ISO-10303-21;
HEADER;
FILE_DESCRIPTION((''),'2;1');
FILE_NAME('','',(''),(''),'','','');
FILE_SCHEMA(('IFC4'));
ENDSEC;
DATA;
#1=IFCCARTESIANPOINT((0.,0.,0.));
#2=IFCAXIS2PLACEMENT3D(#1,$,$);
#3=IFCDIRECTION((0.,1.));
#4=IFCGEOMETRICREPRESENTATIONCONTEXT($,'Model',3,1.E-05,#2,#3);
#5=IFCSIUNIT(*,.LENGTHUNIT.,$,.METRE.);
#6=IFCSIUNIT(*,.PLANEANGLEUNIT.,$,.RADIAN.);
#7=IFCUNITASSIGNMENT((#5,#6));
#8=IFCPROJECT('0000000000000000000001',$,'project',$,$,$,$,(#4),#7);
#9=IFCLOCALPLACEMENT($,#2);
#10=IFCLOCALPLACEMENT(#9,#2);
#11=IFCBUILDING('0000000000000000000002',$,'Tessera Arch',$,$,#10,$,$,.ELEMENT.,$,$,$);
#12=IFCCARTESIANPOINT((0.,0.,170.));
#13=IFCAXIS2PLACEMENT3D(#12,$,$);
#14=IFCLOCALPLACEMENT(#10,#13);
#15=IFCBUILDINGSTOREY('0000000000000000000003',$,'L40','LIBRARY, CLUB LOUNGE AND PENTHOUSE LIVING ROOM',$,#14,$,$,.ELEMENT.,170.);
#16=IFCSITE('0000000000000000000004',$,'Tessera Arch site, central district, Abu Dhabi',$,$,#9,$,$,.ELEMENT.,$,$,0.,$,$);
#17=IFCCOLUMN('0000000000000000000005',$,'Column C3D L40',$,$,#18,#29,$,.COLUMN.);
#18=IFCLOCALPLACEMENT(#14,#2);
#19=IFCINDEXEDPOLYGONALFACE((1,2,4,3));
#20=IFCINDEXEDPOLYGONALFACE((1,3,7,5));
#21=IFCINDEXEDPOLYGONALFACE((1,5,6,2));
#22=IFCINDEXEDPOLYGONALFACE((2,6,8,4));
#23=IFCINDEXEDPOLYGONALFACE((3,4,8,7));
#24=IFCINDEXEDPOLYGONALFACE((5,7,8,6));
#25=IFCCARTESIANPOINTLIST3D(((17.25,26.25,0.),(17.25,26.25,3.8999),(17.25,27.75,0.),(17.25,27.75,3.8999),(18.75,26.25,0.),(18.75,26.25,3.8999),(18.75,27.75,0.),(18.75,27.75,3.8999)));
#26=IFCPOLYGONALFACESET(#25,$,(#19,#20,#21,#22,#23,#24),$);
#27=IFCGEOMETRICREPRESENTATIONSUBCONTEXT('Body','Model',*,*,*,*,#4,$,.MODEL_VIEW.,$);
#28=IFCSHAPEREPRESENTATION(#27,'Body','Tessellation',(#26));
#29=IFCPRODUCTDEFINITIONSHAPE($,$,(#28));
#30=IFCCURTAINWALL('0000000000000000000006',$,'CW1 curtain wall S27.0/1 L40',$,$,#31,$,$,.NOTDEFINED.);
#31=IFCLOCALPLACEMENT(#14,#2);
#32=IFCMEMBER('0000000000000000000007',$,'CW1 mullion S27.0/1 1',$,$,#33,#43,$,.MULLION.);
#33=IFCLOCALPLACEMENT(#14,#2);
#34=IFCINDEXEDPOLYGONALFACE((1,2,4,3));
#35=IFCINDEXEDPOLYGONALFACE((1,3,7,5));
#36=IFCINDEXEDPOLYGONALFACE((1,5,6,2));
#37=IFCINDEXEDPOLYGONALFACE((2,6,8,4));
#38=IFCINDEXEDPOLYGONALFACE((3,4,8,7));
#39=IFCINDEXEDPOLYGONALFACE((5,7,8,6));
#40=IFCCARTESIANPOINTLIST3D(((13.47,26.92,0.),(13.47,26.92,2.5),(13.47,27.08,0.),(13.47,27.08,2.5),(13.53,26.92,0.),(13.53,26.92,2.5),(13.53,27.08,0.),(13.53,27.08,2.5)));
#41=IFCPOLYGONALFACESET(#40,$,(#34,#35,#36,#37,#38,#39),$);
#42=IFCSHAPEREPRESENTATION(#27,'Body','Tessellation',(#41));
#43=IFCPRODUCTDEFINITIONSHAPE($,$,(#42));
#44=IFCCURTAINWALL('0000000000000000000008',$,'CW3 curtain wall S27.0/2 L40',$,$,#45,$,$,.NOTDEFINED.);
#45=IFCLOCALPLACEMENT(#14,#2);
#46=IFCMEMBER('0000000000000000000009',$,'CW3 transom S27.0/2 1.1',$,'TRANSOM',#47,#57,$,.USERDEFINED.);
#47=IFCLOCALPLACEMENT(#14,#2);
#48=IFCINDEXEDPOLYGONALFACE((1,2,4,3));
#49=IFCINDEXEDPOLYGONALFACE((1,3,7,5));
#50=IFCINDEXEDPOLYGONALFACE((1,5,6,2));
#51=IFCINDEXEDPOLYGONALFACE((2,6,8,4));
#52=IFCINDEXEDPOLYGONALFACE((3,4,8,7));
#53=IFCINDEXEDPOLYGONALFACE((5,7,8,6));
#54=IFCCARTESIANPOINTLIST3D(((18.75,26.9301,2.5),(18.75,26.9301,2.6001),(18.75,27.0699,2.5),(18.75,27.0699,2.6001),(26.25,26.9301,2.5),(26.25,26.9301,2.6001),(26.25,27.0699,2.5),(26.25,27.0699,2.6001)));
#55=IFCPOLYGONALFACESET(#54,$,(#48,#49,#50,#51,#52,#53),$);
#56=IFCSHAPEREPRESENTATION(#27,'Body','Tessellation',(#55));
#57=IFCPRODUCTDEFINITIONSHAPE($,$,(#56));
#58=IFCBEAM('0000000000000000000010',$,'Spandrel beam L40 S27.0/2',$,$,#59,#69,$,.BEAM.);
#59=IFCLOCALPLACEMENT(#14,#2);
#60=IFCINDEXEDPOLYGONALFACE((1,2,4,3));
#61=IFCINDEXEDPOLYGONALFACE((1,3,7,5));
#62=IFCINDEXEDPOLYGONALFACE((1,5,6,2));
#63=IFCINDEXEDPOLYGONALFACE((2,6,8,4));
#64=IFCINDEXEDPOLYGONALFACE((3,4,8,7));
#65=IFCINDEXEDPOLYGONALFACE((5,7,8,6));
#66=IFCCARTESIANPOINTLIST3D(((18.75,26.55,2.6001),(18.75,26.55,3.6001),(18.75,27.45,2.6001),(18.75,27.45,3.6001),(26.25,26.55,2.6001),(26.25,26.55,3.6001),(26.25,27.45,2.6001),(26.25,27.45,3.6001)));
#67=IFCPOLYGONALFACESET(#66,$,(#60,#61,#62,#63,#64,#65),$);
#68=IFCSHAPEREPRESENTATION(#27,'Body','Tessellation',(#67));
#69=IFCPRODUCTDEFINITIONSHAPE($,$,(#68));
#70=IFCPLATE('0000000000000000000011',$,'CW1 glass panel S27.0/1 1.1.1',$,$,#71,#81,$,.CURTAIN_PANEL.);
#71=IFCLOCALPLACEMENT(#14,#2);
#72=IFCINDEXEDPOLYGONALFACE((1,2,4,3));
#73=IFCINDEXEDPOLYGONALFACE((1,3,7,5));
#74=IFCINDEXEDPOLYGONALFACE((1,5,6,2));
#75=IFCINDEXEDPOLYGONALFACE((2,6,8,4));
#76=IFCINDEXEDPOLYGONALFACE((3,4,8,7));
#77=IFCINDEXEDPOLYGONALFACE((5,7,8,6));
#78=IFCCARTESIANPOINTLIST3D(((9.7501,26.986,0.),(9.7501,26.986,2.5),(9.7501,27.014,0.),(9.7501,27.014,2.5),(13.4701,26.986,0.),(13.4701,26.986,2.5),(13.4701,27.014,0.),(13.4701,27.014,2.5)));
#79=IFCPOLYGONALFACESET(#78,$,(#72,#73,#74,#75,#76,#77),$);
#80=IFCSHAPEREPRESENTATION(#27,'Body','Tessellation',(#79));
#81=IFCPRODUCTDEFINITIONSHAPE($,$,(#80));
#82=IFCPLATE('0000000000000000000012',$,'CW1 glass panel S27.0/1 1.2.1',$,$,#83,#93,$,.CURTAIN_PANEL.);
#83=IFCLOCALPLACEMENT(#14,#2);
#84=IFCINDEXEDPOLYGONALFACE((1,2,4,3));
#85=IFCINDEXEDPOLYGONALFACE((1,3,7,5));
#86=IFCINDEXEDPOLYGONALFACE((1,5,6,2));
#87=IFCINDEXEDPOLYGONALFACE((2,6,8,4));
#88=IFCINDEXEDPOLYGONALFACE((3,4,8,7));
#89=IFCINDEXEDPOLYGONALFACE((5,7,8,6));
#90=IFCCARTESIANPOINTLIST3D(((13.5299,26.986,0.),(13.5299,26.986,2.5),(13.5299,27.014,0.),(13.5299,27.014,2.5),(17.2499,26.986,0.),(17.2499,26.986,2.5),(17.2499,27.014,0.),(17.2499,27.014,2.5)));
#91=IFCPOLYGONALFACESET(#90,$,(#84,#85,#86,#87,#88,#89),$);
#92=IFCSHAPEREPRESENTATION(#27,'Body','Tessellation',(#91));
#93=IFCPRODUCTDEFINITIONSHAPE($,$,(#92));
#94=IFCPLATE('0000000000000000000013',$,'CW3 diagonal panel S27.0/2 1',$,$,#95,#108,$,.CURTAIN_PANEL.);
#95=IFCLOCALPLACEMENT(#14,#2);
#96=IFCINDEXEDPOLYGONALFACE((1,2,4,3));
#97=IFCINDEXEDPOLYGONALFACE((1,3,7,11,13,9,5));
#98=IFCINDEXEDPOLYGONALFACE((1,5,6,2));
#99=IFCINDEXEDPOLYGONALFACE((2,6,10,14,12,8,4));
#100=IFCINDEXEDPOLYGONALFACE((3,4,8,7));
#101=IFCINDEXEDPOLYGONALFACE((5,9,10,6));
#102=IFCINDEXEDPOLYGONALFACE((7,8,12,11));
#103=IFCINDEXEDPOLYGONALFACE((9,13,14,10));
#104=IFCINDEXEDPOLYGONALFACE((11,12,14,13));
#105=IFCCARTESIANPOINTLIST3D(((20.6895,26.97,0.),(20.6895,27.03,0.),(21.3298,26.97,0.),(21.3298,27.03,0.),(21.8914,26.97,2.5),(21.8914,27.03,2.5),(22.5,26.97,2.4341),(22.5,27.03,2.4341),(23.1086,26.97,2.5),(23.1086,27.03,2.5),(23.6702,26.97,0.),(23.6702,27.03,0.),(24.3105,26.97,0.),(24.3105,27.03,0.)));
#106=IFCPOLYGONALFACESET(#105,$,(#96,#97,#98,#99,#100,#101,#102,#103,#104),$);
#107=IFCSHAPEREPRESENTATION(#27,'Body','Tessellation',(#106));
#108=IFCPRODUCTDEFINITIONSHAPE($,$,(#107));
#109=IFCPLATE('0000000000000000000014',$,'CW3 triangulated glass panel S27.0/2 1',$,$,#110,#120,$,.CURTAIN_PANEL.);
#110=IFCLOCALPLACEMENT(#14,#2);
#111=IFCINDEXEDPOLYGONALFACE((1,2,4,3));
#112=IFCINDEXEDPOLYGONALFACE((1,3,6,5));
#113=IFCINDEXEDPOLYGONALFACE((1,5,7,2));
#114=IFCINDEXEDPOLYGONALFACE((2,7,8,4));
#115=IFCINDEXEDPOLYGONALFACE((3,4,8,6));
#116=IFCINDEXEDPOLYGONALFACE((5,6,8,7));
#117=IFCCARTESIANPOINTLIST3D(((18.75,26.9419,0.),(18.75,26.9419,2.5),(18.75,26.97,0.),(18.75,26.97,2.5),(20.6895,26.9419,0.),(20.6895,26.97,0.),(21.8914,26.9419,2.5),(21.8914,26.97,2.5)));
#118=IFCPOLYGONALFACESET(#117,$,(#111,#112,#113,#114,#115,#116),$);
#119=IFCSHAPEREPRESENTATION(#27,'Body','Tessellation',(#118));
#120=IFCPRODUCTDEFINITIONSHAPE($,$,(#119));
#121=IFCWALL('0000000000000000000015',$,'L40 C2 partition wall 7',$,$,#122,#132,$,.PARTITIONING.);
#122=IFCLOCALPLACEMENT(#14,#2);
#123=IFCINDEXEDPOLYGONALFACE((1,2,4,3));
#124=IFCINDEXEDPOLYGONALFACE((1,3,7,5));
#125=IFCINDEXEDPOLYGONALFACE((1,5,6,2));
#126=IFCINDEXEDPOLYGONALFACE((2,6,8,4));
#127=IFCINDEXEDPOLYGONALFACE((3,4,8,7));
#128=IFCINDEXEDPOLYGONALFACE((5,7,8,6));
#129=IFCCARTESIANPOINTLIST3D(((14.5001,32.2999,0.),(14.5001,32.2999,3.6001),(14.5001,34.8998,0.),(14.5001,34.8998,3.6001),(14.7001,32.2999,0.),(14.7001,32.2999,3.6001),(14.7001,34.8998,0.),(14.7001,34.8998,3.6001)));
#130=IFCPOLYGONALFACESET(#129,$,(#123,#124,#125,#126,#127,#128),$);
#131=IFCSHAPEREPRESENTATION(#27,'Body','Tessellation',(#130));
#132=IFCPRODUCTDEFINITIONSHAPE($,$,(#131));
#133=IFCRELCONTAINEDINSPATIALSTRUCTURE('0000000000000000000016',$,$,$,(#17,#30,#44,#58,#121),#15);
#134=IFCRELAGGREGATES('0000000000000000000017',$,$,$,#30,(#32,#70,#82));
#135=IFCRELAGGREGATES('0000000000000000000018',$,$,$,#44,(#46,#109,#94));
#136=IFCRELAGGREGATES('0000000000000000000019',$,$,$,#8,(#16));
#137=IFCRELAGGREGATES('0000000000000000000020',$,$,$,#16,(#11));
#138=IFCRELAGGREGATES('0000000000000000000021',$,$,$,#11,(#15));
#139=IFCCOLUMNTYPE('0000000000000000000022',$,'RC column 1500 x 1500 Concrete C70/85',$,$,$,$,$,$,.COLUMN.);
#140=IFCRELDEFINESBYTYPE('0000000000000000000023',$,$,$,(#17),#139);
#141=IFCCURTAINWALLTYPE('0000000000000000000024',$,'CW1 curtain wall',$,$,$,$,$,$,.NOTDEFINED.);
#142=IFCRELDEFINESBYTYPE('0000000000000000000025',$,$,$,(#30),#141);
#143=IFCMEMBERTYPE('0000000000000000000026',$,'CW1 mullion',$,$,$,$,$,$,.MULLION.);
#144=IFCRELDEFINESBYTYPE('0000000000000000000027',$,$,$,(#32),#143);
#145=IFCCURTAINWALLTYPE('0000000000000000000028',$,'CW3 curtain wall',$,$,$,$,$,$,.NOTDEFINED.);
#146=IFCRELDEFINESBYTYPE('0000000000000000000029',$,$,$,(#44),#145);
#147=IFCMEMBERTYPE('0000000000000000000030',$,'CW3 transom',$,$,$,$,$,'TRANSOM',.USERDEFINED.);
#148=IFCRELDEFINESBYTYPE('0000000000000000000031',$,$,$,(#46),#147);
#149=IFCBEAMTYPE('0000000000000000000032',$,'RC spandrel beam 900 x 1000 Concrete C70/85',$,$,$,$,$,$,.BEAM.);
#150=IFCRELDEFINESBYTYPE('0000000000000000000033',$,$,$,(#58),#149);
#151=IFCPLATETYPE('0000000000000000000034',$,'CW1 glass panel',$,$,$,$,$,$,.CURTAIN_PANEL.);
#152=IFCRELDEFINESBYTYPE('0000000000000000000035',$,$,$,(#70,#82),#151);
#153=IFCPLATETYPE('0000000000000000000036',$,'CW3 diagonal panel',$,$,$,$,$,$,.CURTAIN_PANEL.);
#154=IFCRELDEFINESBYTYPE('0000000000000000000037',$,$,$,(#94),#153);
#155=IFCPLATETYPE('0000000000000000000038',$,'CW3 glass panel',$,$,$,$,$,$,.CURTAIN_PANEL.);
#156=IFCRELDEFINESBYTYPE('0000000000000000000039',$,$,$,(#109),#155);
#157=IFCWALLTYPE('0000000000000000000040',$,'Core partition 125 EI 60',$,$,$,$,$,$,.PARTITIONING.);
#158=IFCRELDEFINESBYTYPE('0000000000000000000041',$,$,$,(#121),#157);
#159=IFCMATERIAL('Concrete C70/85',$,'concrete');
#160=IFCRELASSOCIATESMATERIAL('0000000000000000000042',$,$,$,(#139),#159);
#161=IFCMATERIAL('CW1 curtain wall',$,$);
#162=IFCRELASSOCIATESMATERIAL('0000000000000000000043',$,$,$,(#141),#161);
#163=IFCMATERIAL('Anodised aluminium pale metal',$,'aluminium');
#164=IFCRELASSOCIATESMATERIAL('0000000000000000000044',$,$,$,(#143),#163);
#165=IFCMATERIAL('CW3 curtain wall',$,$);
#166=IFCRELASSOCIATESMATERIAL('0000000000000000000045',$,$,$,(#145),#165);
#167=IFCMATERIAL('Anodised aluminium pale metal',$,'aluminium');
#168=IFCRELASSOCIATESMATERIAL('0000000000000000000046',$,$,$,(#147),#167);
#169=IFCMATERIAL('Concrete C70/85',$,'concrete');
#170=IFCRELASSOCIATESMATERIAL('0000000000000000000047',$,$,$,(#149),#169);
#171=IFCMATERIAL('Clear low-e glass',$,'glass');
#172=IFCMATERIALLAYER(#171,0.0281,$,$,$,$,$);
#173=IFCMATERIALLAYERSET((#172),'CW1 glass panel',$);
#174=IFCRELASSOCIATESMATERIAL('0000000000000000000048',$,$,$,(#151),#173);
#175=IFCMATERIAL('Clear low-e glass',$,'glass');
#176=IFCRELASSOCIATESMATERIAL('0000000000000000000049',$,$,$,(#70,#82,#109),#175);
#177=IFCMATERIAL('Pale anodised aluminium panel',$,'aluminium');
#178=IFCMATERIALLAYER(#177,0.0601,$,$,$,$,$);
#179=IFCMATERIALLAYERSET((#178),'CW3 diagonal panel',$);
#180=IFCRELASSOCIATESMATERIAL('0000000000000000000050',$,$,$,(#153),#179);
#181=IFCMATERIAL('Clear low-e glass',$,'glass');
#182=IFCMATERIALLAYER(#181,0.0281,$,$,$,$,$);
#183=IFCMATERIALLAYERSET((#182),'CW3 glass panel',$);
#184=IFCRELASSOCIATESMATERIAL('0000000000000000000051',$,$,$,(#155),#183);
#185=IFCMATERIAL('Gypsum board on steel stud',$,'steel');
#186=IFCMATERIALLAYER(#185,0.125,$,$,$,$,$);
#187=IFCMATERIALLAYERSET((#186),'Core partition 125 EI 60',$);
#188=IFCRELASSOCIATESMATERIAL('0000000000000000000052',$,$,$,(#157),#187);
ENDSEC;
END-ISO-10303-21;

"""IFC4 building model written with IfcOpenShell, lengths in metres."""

from ifc_helpers import new_model, si_unit, direction, frame, frame_2d, origin, origin_2d, place, context, subcontext, project, spatial, polyline, rectangle, outline, extrude, material, layer, layer_set, material_profile, profile_set, type_object, element, aggregate, save


model = new_model("IFC4")

# Units and contexts
model_context = context("Model", 3, precision=1e-05, world=origin(), true_north=direction((0.0, 1.0)))
body_context = subcontext(model_context, "Body", "Model", "MODEL_VIEW")
ifc_project = project(units=[si_unit("LENGTHUNIT", "METRE"), si_unit("PLANEANGLEUNIT", "RADIAN")], contexts=[model_context])

# Site, building, storey
site_placement = place(None, origin())
site = spatial("IfcSite", under=ifc_project, at=site_placement, Name="Tessera Arch site, central district, Abu Dhabi", CompositionType="ELEMENT", RefElevation=0.0)
building_placement = place(site_placement, origin())
building = spatial("IfcBuilding", under=site, at=building_placement, Name="Tessera Arch", CompositionType="ELEMENT")
storey_placement = place(building_placement, frame((0.0, 0.0, 170.0)))
storey = spatial("IfcBuildingStorey", under=building, at=storey_placement, Name="L40", Description="LIBRARY, CLUB LOUNGE AND PENTHOUSE LIVING ROOM", CompositionType="ELEMENT", Elevation=170.0)

# Column
ifc_material_1 = material(Name="Concrete C70/85", Category="concrete")
ifc_material_profile_1 = material_profile(ifc_material_1, rectangle(XDim=1.5, YDim=1.5, at=origin_2d()), Name="RC column 1500 x 1500 Concrete C70/85")
ifc_profile_set_1 = profile_set([ifc_material_profile_1], Name="Concrete C70/85")
column_type = type_object("IfcColumnType", Name="RC column 1500 x 1500 Concrete C70/85", PredefinedType="COLUMN", material=ifc_profile_set_1)
column_placement = place(storey_placement, frame((18.0, 27.0, 0.0), z_axis=(0.0, 0.0, 1.0), x_axis=(1.0, 0.0, 0.0)))
element("IfcColumn", 1, at=column_placement, inside=storey, type_object=column_type, Name="Column C3D L40", PredefinedType="COLUMN", context=body_context, shape_type="SweptSolid", body=[
    extrude(rectangle(XDim=1.5, YDim=1.5, at=origin_2d()), origin(), (0.0, 0.0, 1.0), 3.8999),
])

# Curtain walls, members
ifc_material_2 = material(Name="CW1 curtain wall")
curtain_wall_type_1 = type_object("IfcCurtainWallType", Name="CW1 curtain wall", PredefinedType="NOTDEFINED", material=ifc_material_2)
curtain_wall_1_placement = place(storey_placement, origin())
curtain_wall_1 = element("IfcCurtainWall", 2, at=curtain_wall_1_placement, inside=storey, type_object=curtain_wall_type_1, Name="CW1 curtain wall S27.0/1 L40", PredefinedType="NOTDEFINED")
ifc_material_3 = material(Name="Anodised aluminium pale metal", Category="aluminium")
ifc_material_profile_2 = material_profile(ifc_material_3, rectangle(XDim=0.1599, YDim=0.0601, at=origin_2d()), Name="AL 60x160")
ifc_profile_set_2 = profile_set([ifc_material_profile_2], Name="Anodised aluminium pale metal")
member_type_1 = type_object("IfcMemberType", Name="CW1 mullion", PredefinedType="MULLION", material=ifc_profile_set_2)
member_1_placement = place(storey_placement, frame((13.5, 27.0, 0.0), z_axis=(0.0, 0.0, 1.0), x_axis=(0.0, 1.0, 0.0)))
member_1 = element("IfcMember", 3, at=member_1_placement, type_object=member_type_1, Name="CW1 mullion S27.0/1 1", PredefinedType="MULLION", context=body_context, shape_type="SweptSolid", body=[
    extrude(rectangle(XDim=0.1599, YDim=0.0601, at=origin_2d()), origin(), (0.0, 0.0, 1.0), 2.5),
])
ifc_material_4 = material(Name="CW3 curtain wall")
curtain_wall_type_2 = type_object("IfcCurtainWallType", Name="CW3 curtain wall", PredefinedType="NOTDEFINED", material=ifc_material_4)
curtain_wall_2_placement = place(storey_placement, origin())
curtain_wall_2 = element("IfcCurtainWall", 4, at=curtain_wall_2_placement, inside=storey, type_object=curtain_wall_type_2, Name="CW3 curtain wall S27.0/2 L40", PredefinedType="NOTDEFINED")
ifc_material_5 = material(Name="Anodised aluminium pale metal", Category="aluminium")
ifc_material_profile_3 = material_profile(ifc_material_5, rectangle(XDim=0.1399, YDim=0.1001, at=origin_2d()), Name="AL 140x100")
ifc_profile_set_3 = profile_set([ifc_material_profile_3], Name="Anodised aluminium pale metal")
member_type_2 = type_object("IfcMemberType", Name="CW3 transom", ElementType="TRANSOM", PredefinedType="USERDEFINED", material=ifc_profile_set_3)
member_2_placement = place(storey_placement, frame((18.75, 27.0, 2.55), z_axis=(1.0, 0.0, 0.0), x_axis=(0.0, 1.0, 0.0)))
member_2 = element("IfcMember", 5, at=member_2_placement, type_object=member_type_2, Name="CW3 transom S27.0/2 1.1", ObjectType="TRANSOM", PredefinedType="USERDEFINED", context=body_context, shape_type="SweptSolid", body=[
    extrude(rectangle(XDim=0.1399, YDim=0.1001, at=origin_2d()), origin(), (0.0, 0.0, 1.0), 7.5),
])

# Beam
ifc_material_6 = material(Name="Concrete C70/85", Category="concrete")
ifc_material_profile_4 = material_profile(ifc_material_6, rectangle(XDim=0.8999, YDim=1.0, at=origin_2d()), Name="RC spandrel beam 900 x 1000 Concrete C70/85")
ifc_profile_set_4 = profile_set([ifc_material_profile_4], Name="Concrete C70/85")
beam_type = type_object("IfcBeamType", Name="RC spandrel beam 900 x 1000 Concrete C70/85", PredefinedType="BEAM", material=ifc_profile_set_4)
beam_placement = place(storey_placement, frame((18.75, 27.0, 3.1001), z_axis=(1.0, 0.0, 0.0), x_axis=(0.0, 1.0, 0.0)))
element("IfcBeam", 6, at=beam_placement, inside=storey, type_object=beam_type, Name="Spandrel beam L40 S27.0/2", PredefinedType="BEAM", context=body_context, shape_type="SweptSolid", body=[
    extrude(rectangle(XDim=0.8999, YDim=1.0, at=origin_2d()), origin(), (0.0, 0.0, 1.0), 7.5),
])

# Plates
ifc_material_7 = material(Name="Clear low-e glass", Category="glass")
ifc_material_8 = material(Name="Clear low-e glass", Category="glass")
ifc_layer_1 = layer(ifc_material_8, 0.0281)
ifc_layer_set_1 = layer_set([ifc_layer_1], Name="CW1 glass panel")
plate_type_1 = type_object("IfcPlateType", Name="CW1 glass panel", PredefinedType="CURTAIN_PANEL", material=ifc_layer_set_1)
plate_1_placement = place(storey_placement, frame((11.6101, 27.0, 0.0), z_axis=(0.0, 0.0, 1.0), x_axis=(1.0, 0.0, 0.0)))
plate_1 = element("IfcPlate", 7, at=plate_1_placement, type_object=plate_type_1, material=ifc_material_7, Name="CW1 glass panel S27.0/1 1.1.1", PredefinedType="CURTAIN_PANEL", context=body_context, shape_type="SweptSolid", body=[
    extrude(rectangle(XDim=3.72, YDim=0.0281, at=origin_2d()), origin(), (0.0, 0.0, 1.0), 2.5),
])
plate_2_placement = place(storey_placement, frame((15.3899, 27.0, 0.0), z_axis=(0.0, 0.0, 1.0), x_axis=(1.0, 0.0, 0.0)))
plate_2 = element("IfcPlate", 8, at=plate_2_placement, type_object=plate_type_1, material=ifc_material_7, Name="CW1 glass panel S27.0/1 1.2.1", PredefinedType="CURTAIN_PANEL", context=body_context, shape_type="SweptSolid", body=[
    extrude(rectangle(XDim=3.72, YDim=0.0281, at=origin_2d()), origin(), (0.0, 0.0, 1.0), 2.5),
])
aggregate(curtain_wall_1, [member_1, plate_1, plate_2])
ifc_material_9 = material(Name="Pale anodised aluminium panel", Category="aluminium")
ifc_layer_2 = layer(ifc_material_9, 0.0601)
ifc_layer_set_2 = layer_set([ifc_layer_2], Name="CW3 diagonal panel")
plate_type_2 = type_object("IfcPlateType", Name="CW3 diagonal panel", PredefinedType="CURTAIN_PANEL", material=ifc_layer_set_2)
plate_3_placement = place(storey_placement, frame((23.1086, 26.97, 2.5), z_axis=(0.0, -1.0, 0.0), x_axis=(-1.0, 0.0, 0.0)))
plate_3 = element("IfcPlate", 9, at=plate_3_placement, type_object=plate_type_2, Name="CW3 diagonal panel S27.0/2 1", PredefinedType="CURTAIN_PANEL", context=body_context, shape_type="SweptSolid", body=[
    extrude(outline(polyline([(0.0, 0.0), (1.2173, 0.0), (2.4192, 2.5), (1.7788, 2.5), (0.6086, 0.0659), (-0.5615, 2.5), (-1.2019, 2.5), (0.0, 0.0)])), origin(), (0.0, 0.0, -1.0), 0.0601),
])
ifc_material_10 = material(Name="Clear low-e glass", Category="glass")
ifc_layer_3 = layer(ifc_material_10, 0.0281)
ifc_layer_set_3 = layer_set([ifc_layer_3], Name="CW3 glass panel")
plate_type_3 = type_object("IfcPlateType", Name="CW3 glass panel", PredefinedType="CURTAIN_PANEL", material=ifc_layer_set_3)
plate_4_placement = place(storey_placement, frame((18.75, 26.9419, 0.0), z_axis=(0.0, -1.0, 0.0), x_axis=(1.0, 0.0, 0.0)))
plate_4 = element("IfcPlate", 10, at=plate_4_placement, type_object=plate_type_3, material=ifc_material_7, Name="CW3 triangulated glass panel S27.0/2 1", PredefinedType="CURTAIN_PANEL", context=body_context, shape_type="SweptSolid", body=[
    extrude(outline(polyline([(0.0, 0.0), (1.9395, 0.0), (3.1414, 2.5), (0.0, 2.5), (0.0, 0.0)])), origin(), (0.0, 0.0, -1.0), 0.0281),
])

# Wall
ifc_material_11 = material(Name="Gypsum board on steel stud", Category="steel")
ifc_layer_4 = layer(ifc_material_11, 0.125)
ifc_layer_set_4 = layer_set([ifc_layer_4], Name="Core partition 125 EI 60")
wall_type_1 = type_object("IfcWallType", Name="Core partition 125 EI 60", PredefinedType="PARTITIONING", material=ifc_layer_set_4)
wall_1_placement = place(storey_placement, frame((14.6001, 32.3, 0.0), z_axis=(0.0, 0.0, 1.0), x_axis=(0.0, 1.0, 0.0)))
element("IfcWall", 11, at=wall_1_placement, inside=storey, type_object=wall_type_1, Name="L40 C2 partition wall 7", PredefinedType="PARTITIONING", context=body_context, shape_type="SweptSolid", body=[
    extrude(rectangle(XDim=2.5999, YDim=0.2, at=frame_2d((1.2998, 0.0))), origin(), (0.0, 0.0, 1.0), 3.6001),
])

aggregate(curtain_wall_2, [member_2, plate_4, plate_3])

save(model, "model.ifc")
